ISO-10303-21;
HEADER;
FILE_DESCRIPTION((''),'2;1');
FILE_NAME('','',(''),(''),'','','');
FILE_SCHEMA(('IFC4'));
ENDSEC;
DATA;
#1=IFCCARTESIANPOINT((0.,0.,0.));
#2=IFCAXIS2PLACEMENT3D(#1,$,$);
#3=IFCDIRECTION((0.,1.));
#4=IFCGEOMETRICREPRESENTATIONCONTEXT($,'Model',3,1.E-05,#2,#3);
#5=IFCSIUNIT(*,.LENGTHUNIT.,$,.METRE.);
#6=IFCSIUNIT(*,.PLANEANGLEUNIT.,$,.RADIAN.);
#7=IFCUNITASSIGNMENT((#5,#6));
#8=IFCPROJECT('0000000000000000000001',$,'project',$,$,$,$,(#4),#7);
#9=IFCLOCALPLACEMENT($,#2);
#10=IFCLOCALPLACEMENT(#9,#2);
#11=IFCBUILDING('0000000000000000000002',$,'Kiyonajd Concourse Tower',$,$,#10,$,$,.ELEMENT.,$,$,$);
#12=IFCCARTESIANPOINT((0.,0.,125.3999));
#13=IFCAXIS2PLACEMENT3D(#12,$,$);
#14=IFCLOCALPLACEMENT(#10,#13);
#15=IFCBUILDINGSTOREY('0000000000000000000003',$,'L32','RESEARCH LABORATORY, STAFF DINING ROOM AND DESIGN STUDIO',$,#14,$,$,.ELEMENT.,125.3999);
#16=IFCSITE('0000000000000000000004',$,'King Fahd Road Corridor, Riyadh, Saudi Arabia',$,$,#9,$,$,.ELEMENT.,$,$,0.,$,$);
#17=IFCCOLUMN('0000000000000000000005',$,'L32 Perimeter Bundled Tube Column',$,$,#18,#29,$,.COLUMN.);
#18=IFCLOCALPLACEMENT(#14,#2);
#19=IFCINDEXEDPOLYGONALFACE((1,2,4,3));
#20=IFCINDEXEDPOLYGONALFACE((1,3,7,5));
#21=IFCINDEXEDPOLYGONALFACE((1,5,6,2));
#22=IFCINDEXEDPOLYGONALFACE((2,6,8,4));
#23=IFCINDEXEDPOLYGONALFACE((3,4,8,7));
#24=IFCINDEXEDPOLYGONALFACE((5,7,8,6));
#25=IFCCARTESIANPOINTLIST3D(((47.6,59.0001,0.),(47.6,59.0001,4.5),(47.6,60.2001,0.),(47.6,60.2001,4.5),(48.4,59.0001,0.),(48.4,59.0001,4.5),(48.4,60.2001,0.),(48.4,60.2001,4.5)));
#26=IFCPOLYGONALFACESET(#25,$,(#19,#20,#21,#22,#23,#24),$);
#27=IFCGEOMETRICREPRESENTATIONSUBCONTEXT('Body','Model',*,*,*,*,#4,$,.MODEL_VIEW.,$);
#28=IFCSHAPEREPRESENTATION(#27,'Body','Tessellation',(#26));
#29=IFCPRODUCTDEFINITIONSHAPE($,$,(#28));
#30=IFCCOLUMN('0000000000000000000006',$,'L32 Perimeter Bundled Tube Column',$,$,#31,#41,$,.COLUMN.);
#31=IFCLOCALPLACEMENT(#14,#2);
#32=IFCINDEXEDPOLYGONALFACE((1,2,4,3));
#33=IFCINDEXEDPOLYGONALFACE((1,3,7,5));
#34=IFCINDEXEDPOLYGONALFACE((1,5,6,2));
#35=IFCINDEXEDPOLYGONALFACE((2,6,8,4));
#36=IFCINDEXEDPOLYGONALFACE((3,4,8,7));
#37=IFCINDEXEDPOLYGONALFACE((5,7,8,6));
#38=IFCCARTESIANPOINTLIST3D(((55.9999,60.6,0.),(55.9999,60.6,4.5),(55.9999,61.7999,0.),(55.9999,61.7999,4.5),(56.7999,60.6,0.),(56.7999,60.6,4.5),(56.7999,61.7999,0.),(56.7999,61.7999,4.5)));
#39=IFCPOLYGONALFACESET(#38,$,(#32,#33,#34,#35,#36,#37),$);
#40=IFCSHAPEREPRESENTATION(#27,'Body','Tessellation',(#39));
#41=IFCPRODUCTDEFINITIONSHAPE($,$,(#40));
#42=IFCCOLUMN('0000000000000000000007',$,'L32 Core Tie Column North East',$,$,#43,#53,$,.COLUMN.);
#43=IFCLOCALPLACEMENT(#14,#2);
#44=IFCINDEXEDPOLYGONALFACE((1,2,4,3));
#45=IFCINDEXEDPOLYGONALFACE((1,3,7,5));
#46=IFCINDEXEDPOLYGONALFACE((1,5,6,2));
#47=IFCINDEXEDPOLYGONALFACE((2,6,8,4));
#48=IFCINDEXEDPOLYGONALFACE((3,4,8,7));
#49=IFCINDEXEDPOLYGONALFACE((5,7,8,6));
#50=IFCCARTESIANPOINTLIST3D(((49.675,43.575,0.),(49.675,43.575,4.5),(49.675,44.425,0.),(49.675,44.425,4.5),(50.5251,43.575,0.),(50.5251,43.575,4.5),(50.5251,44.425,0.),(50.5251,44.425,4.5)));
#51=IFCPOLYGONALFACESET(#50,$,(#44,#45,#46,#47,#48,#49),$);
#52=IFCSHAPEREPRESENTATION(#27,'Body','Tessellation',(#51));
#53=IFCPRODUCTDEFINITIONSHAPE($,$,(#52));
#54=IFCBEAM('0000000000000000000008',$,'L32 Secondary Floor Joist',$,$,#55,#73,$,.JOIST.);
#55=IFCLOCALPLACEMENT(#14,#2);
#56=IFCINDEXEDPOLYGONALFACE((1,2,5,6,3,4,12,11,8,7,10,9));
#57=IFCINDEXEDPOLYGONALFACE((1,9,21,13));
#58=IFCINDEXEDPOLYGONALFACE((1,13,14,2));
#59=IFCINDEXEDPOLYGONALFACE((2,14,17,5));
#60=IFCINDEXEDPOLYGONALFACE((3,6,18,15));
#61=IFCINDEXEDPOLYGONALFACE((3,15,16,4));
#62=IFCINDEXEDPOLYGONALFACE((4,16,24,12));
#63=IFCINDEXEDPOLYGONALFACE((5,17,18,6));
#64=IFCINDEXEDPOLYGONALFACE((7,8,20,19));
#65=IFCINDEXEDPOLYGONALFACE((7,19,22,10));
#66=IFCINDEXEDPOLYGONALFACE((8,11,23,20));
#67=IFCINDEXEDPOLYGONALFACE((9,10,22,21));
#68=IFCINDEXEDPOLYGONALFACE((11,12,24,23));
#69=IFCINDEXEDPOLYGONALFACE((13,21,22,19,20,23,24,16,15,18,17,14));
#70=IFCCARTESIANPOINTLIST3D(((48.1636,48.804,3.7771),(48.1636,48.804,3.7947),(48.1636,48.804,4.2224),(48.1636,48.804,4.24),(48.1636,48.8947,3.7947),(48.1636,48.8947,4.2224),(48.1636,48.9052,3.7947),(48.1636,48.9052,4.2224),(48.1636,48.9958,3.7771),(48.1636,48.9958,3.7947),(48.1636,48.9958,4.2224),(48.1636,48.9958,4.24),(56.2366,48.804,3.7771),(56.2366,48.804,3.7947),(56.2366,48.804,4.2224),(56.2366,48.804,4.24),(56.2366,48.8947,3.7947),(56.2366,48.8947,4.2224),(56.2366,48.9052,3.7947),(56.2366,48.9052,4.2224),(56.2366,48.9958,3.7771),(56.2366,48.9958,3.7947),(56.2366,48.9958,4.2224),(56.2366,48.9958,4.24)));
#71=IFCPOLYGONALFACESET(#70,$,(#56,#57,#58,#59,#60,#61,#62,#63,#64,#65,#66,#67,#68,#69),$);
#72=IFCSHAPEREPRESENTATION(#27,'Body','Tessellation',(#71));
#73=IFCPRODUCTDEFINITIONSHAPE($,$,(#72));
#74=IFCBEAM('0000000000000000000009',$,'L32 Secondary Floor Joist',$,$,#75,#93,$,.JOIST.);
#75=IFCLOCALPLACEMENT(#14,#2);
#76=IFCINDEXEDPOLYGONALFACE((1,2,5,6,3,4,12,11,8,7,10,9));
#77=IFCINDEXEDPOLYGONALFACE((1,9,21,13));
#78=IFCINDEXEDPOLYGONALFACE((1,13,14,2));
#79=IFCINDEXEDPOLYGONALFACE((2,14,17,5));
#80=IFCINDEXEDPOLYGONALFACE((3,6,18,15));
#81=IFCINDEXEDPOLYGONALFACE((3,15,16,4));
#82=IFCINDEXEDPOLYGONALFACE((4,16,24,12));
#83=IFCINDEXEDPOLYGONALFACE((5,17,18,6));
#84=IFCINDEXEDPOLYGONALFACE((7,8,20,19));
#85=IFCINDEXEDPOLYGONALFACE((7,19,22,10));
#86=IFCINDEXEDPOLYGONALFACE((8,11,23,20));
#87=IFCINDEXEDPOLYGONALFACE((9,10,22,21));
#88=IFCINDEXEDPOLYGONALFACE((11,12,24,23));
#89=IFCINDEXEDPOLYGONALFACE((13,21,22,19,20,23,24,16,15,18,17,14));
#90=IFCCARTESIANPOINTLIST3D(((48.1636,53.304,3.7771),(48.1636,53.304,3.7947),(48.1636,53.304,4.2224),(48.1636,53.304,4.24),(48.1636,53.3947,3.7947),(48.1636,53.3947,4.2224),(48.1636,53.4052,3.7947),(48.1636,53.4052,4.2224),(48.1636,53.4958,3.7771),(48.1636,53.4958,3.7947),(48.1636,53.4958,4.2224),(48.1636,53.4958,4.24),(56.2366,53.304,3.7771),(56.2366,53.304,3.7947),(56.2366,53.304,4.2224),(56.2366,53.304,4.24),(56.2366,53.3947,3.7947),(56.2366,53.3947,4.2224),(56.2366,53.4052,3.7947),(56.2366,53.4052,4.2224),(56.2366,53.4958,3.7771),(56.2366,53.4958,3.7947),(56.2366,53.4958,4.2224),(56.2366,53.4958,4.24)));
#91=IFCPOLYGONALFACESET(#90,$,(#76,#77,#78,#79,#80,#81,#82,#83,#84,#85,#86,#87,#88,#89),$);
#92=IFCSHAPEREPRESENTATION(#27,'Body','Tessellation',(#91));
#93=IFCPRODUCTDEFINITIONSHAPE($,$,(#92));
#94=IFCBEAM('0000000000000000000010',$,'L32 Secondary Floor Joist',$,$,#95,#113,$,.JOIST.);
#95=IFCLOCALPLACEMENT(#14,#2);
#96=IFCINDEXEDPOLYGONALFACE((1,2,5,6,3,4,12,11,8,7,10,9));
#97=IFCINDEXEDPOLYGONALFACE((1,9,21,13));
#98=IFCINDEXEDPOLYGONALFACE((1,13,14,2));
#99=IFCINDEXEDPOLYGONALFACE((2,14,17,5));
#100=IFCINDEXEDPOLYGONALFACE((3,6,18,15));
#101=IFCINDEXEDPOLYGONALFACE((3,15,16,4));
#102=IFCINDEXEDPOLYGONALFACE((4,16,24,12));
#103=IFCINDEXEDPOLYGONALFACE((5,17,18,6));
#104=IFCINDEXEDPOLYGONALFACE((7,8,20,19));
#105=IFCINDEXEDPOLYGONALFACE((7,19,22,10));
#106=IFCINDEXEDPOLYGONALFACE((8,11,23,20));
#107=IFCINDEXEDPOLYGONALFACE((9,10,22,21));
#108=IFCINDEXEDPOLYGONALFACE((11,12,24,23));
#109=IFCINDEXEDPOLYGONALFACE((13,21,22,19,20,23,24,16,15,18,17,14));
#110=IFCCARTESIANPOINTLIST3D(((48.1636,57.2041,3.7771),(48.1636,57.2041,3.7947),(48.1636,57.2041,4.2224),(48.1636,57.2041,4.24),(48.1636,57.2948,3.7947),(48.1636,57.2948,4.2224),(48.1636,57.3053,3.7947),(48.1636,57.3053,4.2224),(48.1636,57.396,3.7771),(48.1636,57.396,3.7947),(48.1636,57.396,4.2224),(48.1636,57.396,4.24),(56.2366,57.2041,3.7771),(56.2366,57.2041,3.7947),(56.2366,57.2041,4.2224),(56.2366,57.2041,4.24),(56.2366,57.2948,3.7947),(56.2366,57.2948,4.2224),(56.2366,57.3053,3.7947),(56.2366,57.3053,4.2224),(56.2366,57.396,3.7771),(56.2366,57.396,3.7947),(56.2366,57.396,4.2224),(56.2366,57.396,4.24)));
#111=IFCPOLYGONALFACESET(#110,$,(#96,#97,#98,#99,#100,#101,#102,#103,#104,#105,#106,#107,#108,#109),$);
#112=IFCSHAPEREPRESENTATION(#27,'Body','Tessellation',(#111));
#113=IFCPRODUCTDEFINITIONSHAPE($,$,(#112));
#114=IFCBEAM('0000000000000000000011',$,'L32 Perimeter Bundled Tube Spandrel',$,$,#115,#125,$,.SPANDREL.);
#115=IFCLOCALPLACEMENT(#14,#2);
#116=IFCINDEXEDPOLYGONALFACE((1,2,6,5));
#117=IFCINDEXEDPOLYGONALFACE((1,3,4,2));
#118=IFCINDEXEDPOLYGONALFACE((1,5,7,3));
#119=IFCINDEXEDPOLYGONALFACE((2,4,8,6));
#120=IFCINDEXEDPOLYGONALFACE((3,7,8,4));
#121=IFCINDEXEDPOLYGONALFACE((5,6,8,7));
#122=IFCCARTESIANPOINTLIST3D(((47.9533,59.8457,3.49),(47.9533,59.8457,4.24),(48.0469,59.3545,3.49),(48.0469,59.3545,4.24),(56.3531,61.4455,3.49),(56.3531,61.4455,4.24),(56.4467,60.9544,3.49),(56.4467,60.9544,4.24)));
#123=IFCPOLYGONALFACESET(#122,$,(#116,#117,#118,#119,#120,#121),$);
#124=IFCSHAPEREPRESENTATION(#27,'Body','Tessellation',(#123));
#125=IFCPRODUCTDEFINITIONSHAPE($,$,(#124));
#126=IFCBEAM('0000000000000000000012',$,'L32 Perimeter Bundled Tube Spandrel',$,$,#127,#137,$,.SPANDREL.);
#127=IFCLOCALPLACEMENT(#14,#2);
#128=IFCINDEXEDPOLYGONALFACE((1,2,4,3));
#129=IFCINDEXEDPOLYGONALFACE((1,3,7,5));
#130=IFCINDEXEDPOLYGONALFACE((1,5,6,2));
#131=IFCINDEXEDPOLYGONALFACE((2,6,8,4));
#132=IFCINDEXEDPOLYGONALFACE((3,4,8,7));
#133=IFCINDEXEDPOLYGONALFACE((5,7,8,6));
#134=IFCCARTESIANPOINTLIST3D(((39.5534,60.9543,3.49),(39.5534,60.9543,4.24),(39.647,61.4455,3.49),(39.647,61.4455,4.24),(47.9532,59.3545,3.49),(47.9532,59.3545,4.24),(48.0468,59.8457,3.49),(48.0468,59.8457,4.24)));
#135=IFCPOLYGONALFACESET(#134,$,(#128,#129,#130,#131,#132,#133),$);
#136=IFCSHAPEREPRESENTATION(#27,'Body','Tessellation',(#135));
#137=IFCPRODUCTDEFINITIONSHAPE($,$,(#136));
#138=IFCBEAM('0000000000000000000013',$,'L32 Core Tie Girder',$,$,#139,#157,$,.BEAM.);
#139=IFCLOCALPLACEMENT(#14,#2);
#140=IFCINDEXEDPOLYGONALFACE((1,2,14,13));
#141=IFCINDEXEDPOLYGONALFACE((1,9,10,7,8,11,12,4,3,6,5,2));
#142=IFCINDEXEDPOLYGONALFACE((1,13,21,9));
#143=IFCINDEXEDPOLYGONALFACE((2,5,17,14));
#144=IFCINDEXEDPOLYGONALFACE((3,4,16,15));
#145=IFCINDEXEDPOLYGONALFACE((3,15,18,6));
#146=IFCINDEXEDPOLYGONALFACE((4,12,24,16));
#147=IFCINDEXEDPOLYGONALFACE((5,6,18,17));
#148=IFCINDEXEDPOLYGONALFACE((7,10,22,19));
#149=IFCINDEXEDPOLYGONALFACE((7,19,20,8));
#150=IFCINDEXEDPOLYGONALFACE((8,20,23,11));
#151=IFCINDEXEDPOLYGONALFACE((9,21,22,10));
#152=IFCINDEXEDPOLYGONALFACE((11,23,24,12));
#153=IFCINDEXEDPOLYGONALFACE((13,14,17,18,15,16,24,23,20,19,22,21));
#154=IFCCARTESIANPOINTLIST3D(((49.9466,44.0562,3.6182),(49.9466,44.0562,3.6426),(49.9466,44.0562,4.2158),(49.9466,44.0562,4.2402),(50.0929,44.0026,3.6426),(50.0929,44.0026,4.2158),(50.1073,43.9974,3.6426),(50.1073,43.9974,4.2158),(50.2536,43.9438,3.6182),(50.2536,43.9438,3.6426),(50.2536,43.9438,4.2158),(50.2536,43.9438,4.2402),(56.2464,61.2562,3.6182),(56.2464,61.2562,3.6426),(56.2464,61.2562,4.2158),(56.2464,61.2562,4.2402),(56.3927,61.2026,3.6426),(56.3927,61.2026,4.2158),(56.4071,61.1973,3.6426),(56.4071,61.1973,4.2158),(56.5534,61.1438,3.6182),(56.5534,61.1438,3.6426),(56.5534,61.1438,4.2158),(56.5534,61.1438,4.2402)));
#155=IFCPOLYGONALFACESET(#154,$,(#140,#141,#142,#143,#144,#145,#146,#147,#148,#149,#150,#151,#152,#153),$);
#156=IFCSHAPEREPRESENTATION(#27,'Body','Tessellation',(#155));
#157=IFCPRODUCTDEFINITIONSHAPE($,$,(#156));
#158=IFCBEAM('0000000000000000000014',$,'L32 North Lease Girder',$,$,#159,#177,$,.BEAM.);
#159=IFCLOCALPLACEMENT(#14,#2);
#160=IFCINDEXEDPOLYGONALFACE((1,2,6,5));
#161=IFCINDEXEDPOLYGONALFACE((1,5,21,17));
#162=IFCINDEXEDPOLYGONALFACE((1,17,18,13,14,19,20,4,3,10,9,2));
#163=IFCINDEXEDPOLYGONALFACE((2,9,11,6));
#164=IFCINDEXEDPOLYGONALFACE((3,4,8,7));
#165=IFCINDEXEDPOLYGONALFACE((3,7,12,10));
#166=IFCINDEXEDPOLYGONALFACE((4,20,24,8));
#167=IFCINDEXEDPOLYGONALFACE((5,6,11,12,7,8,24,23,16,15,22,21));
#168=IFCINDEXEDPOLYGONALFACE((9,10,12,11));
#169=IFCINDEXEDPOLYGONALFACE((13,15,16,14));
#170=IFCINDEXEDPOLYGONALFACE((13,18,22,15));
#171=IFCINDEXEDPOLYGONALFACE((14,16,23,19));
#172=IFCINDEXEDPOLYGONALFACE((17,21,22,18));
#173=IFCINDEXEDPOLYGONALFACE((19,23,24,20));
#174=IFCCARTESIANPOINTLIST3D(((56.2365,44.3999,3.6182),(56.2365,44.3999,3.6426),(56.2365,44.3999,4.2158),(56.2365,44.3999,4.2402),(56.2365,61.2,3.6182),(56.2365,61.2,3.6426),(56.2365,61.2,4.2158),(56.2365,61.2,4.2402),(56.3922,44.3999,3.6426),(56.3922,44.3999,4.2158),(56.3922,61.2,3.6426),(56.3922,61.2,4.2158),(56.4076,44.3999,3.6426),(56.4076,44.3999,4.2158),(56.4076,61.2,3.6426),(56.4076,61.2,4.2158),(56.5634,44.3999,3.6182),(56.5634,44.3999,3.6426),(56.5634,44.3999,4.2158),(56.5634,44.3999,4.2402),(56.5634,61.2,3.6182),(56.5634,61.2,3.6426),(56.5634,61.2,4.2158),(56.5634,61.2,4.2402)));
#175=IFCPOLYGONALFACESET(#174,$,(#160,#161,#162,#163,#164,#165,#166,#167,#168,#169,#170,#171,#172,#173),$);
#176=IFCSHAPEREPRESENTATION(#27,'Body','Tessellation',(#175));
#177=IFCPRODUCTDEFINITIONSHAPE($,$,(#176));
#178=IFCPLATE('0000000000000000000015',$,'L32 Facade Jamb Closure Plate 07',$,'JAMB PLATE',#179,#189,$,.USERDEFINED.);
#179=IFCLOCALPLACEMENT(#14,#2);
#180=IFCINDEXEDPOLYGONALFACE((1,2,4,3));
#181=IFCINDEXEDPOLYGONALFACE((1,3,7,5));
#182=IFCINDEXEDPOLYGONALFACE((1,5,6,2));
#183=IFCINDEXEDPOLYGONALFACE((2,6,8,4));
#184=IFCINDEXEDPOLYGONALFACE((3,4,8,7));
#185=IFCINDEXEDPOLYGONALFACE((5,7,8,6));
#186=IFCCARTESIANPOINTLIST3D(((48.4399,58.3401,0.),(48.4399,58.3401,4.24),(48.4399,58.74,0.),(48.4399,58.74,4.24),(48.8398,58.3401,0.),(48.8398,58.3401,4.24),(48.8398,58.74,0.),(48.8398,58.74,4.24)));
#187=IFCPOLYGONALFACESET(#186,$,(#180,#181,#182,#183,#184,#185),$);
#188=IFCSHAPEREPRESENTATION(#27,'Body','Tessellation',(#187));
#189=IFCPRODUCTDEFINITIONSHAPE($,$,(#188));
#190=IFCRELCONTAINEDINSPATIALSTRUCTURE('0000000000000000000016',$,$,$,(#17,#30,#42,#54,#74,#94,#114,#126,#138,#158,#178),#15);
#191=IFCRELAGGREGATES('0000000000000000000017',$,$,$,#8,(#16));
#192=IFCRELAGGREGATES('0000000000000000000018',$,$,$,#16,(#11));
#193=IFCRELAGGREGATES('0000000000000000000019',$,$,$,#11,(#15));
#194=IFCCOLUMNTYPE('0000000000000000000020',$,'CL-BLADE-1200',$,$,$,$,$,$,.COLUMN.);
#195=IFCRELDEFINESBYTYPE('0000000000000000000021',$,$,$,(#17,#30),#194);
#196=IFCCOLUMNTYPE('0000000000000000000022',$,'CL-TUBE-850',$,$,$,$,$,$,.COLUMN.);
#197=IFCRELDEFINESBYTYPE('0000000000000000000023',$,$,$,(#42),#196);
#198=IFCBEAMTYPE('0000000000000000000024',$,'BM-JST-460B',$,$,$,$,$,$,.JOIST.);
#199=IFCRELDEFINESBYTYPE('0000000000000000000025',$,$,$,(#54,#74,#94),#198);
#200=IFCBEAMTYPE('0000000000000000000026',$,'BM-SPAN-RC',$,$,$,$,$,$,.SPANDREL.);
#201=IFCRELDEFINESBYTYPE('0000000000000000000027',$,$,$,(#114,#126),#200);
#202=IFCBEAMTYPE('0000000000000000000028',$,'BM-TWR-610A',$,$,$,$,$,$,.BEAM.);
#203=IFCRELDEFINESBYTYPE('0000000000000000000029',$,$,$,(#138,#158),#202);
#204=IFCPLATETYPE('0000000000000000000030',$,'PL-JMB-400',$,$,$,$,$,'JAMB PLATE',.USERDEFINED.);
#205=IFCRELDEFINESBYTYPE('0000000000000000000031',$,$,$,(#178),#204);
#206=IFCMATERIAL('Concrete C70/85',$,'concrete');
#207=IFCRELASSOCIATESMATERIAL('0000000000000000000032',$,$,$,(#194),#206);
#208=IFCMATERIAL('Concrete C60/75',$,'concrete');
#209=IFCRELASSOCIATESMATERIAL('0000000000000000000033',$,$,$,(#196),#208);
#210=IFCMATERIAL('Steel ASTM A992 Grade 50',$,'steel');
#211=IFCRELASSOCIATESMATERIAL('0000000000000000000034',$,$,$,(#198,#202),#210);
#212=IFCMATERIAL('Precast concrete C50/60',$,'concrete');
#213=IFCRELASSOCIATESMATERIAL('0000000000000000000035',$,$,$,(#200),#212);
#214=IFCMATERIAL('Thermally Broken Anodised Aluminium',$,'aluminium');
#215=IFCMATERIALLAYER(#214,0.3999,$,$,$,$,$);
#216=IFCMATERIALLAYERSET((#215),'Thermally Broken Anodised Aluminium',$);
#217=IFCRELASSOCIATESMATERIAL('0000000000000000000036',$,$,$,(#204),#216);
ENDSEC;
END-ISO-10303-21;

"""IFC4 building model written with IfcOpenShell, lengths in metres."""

from ifc_helpers import new_model, si_unit, direction, frame, origin, origin_2d, place, context, subcontext, project, spatial, rectangle, i_section, extrude, material, layer, layer_set, material_profile, profile_set, type_object, element, save


model = new_model("IFC4")

# Units and contexts
model_context = context("Model", 3, precision=1e-05, world=origin(), true_north=direction((0.0, 1.0)))
body_context = subcontext(model_context, "Body", "Model", "MODEL_VIEW")
ifc_project = project(units=[si_unit("LENGTHUNIT", "METRE"), si_unit("PLANEANGLEUNIT", "RADIAN")], contexts=[model_context])

# Site, building, storey
site_placement = place(None, origin())
site = spatial("IfcSite", under=ifc_project, at=site_placement, Name="King Fahd Road Corridor, Riyadh, Saudi Arabia", CompositionType="ELEMENT", RefElevation=0.0)
building_placement = place(site_placement, origin())
building = spatial("IfcBuilding", under=site, at=building_placement, Name="Kiyonajd Concourse Tower", CompositionType="ELEMENT")
storey_placement = place(building_placement, frame((0.0, 0.0, 125.3999)))
storey = spatial("IfcBuildingStorey", under=building, at=storey_placement, Name="L32", Description="RESEARCH LABORATORY, STAFF DINING ROOM AND DESIGN STUDIO", CompositionType="ELEMENT", Elevation=125.3999)

# Columns
ifc_material_1 = material(Name="Concrete C70/85", Category="concrete")
ifc_material_profile_1 = material_profile(ifc_material_1, rectangle(XDim=0.8, YDim=1.2, at=origin_2d()), Name="RC-1200x800")
ifc_profile_set_1 = profile_set([ifc_material_profile_1], Name="Concrete C70/85")
column_type_1 = type_object("IfcColumnType", Name="CL-BLADE-1200", PredefinedType="COLUMN", material=ifc_profile_set_1)
for number, where, z_axis, x_axis, name in (
    (1, (48.0, 59.6001, 0.0), (0.0, 0.0, 1.0), (1.0, 0.0, 0.0), "L32 Perimeter Bundled Tube Column"),
    (2, (56.3999, 61.2, 0.0), (0.0, 0.0, 1.0), (1.0, 0.0, 0.0), "L32 Perimeter Bundled Tube Column"),
):
    element("IfcColumn", number, at=place(storey_placement, frame(where, z_axis=z_axis, x_axis=x_axis)), inside=storey, type_object=column_type_1, Name=name, PredefinedType="COLUMN", context=body_context, shape_type="SweptSolid", body=[
        extrude(rectangle(XDim=0.8, YDim=1.2, at=origin_2d()), origin(), (0.0, 0.0, 1.0), 4.5),
    ])
ifc_material_2 = material(Name="Concrete C60/75", Category="concrete")
ifc_material_profile_2 = material_profile(ifc_material_2, rectangle(XDim=0.8501, YDim=0.8501, at=origin_2d()), Name="RC-850x850")
ifc_profile_set_2 = profile_set([ifc_material_profile_2], Name="Concrete C60/75")
column_type_2 = type_object("IfcColumnType", Name="CL-TUBE-850", PredefinedType="COLUMN", material=ifc_profile_set_2)
column_placement = place(storey_placement, frame((50.1001, 44.0, 0.0), z_axis=(0.0, 0.0, 1.0), x_axis=(1.0, 0.0, 0.0)))
element("IfcColumn", 3, at=column_placement, inside=storey, type_object=column_type_2, Name="L32 Core Tie Column North East", PredefinedType="COLUMN", context=body_context, shape_type="SweptSolid", body=[
    extrude(rectangle(XDim=0.8501, YDim=0.8501, at=origin_2d()), origin(), (0.0, 0.0, 1.0), 4.5),
])

# Beams
ifc_material_3 = material(Name="Steel ASTM A992 Grade 50", Category="steel")
ifc_material_profile_3 = material_profile(ifc_material_3, i_section(OverallWidth=0.1919, OverallDepth=0.4629, WebThickness=0.0105, FlangeThickness=0.0176, at=origin_2d()), Name="W460X89")
ifc_profile_set_3 = profile_set([ifc_material_profile_3], Name="Steel ASTM A992 Grade 50")
beam_type_1 = type_object("IfcBeamType", Name="BM-JST-460B", PredefinedType="JOIST", material=ifc_profile_set_3)
for number, where, z_axis, x_axis, name in (
    (4, (48.1636, 48.8999, 4.0085), (1.0, 0.0, 0.0), (0.0, 1.0, 0.0), "L32 Secondary Floor Joist"),
    (5, (48.1636, 53.3999, 4.0085), (1.0, 0.0, 0.0), (0.0, 1.0, 0.0), "L32 Secondary Floor Joist"),
    (6, (48.1636, 57.3, 4.0085), (1.0, 0.0, 0.0), (0.0, 1.0, 0.0), "L32 Secondary Floor Joist"),
):
    element("IfcBeam", number, at=place(storey_placement, frame(where, z_axis=z_axis, x_axis=x_axis)), inside=storey, type_object=beam_type_1, Name=name, PredefinedType="JOIST", context=body_context, shape_type="SweptSolid", body=[
        extrude(i_section(OverallWidth=0.1919, OverallDepth=0.4629, WebThickness=0.0105, FlangeThickness=0.0176, at=origin_2d()), origin(), (0.0, 0.0, 1.0), 8.073),
    ])
ifc_material_4 = material(Name="Precast concrete C50/60", Category="concrete")
ifc_material_profile_4 = material_profile(ifc_material_4, rectangle(XDim=0.5, YDim=0.75, at=origin_2d()), Name="RCBM-500x750")
ifc_profile_set_4 = profile_set([ifc_material_profile_4], Name="Precast concrete C50/60")
beam_type_2 = type_object("IfcBeamType", Name="BM-SPAN-RC", PredefinedType="SPANDREL", material=ifc_profile_set_4)
for number, where, z_axis, x_axis, name in (
    (7, (56.3999, 61.2, 3.865), (-0.982341, -0.187098, 0.0), (0.187098, -0.982341, 0.0), "L32 Perimeter Bundled Tube Spandrel"),
    (8, (48.0, 59.6001, 3.865), (-0.982341, 0.187098, 0.0), (-0.187098, -0.982341, 0.0), "L32 Perimeter Bundled Tube Spandrel"),
):
    element("IfcBeam", number, at=place(storey_placement, frame(where, z_axis=z_axis, x_axis=x_axis)), inside=storey, type_object=beam_type_2, Name=name, PredefinedType="SPANDREL", context=body_context, shape_type="SweptSolid", body=[
        extrude(rectangle(XDim=0.5, YDim=0.75, at=origin_2d()), origin(), (0.0, 0.0, 1.0), 8.5508),
    ])
ifc_material_profile_5 = material_profile(ifc_material_3, i_section(OverallWidth=0.3269, OverallDepth=0.6221, WebThickness=0.0154, FlangeThickness=0.0244, at=origin_2d()), Name="W610X195")
ifc_profile_set_5 = profile_set([ifc_material_profile_5], Name="Steel ASTM A992 Grade 50")
beam_type_3 = type_object("IfcBeamType", Name="BM-TWR-610A", PredefinedType="BEAM", material=ifc_profile_set_5)
beam_1_placement = place(storey_placement, frame((50.1001, 44.0, 3.9292), z_axis=(0.343925, 0.938997, 0.0), x_axis=(-0.938997, 0.343925, 0.0)))
element("IfcBeam", 9, at=beam_1_placement, inside=storey, type_object=beam_type_3, Name="L32 Core Tie Girder", PredefinedType="BEAM", context=body_context, shape_type="SweptSolid", body=[
    extrude(i_section(OverallWidth=0.3269, OverallDepth=0.6221, WebThickness=0.0154, FlangeThickness=0.0244, at=origin_2d()), origin(), (0.0, 0.0, 1.0), 18.3174),
])
beam_2_placement = place(storey_placement, frame((56.3999, 44.3999, 3.9292), z_axis=(0.0, 1.0, 0.0), x_axis=(-1.0, 0.0, 0.0)))
element("IfcBeam", 10, at=beam_2_placement, inside=storey, type_object=beam_type_3, Name="L32 North Lease Girder", PredefinedType="BEAM", context=body_context, shape_type="SweptSolid", body=[
    extrude(i_section(OverallWidth=0.3269, OverallDepth=0.6221, WebThickness=0.0154, FlangeThickness=0.0244, at=origin_2d()), origin(), (0.0, 0.0, 1.0), 16.8),
])

# Plate
ifc_material_5 = material(Name="Thermally Broken Anodised Aluminium", Category="aluminium")
ifc_layer_1 = layer(ifc_material_5, 0.3999)
ifc_layer_set_1 = layer_set([ifc_layer_1], Name="Thermally Broken Anodised Aluminium")
plate_type = type_object("IfcPlateType", Name="PL-JMB-400", ElementType="JAMB PLATE", PredefinedType="USERDEFINED", material=ifc_layer_set_1)
for number, where, z_axis, x_axis, name in (
    (11, (48.6399, 58.54, 0.0), (0.0, 0.0, 1.0), (1.0, 0.0, 0.0), "L32 Facade Jamb Closure Plate 07"),
):
    element("IfcPlate", number, at=place(storey_placement, frame(where, z_axis=z_axis, x_axis=x_axis)), inside=storey, type_object=plate_type, Name=name, ObjectType="JAMB PLATE", PredefinedType="USERDEFINED", context=body_context, shape_type="SweptSolid", body=[
        extrude(rectangle(XDim=0.3999, YDim=0.3999, at=origin_2d()), origin(), (0.0, 0.0, 1.0), 4.24),
    ])

save(model, "model.ifc")
